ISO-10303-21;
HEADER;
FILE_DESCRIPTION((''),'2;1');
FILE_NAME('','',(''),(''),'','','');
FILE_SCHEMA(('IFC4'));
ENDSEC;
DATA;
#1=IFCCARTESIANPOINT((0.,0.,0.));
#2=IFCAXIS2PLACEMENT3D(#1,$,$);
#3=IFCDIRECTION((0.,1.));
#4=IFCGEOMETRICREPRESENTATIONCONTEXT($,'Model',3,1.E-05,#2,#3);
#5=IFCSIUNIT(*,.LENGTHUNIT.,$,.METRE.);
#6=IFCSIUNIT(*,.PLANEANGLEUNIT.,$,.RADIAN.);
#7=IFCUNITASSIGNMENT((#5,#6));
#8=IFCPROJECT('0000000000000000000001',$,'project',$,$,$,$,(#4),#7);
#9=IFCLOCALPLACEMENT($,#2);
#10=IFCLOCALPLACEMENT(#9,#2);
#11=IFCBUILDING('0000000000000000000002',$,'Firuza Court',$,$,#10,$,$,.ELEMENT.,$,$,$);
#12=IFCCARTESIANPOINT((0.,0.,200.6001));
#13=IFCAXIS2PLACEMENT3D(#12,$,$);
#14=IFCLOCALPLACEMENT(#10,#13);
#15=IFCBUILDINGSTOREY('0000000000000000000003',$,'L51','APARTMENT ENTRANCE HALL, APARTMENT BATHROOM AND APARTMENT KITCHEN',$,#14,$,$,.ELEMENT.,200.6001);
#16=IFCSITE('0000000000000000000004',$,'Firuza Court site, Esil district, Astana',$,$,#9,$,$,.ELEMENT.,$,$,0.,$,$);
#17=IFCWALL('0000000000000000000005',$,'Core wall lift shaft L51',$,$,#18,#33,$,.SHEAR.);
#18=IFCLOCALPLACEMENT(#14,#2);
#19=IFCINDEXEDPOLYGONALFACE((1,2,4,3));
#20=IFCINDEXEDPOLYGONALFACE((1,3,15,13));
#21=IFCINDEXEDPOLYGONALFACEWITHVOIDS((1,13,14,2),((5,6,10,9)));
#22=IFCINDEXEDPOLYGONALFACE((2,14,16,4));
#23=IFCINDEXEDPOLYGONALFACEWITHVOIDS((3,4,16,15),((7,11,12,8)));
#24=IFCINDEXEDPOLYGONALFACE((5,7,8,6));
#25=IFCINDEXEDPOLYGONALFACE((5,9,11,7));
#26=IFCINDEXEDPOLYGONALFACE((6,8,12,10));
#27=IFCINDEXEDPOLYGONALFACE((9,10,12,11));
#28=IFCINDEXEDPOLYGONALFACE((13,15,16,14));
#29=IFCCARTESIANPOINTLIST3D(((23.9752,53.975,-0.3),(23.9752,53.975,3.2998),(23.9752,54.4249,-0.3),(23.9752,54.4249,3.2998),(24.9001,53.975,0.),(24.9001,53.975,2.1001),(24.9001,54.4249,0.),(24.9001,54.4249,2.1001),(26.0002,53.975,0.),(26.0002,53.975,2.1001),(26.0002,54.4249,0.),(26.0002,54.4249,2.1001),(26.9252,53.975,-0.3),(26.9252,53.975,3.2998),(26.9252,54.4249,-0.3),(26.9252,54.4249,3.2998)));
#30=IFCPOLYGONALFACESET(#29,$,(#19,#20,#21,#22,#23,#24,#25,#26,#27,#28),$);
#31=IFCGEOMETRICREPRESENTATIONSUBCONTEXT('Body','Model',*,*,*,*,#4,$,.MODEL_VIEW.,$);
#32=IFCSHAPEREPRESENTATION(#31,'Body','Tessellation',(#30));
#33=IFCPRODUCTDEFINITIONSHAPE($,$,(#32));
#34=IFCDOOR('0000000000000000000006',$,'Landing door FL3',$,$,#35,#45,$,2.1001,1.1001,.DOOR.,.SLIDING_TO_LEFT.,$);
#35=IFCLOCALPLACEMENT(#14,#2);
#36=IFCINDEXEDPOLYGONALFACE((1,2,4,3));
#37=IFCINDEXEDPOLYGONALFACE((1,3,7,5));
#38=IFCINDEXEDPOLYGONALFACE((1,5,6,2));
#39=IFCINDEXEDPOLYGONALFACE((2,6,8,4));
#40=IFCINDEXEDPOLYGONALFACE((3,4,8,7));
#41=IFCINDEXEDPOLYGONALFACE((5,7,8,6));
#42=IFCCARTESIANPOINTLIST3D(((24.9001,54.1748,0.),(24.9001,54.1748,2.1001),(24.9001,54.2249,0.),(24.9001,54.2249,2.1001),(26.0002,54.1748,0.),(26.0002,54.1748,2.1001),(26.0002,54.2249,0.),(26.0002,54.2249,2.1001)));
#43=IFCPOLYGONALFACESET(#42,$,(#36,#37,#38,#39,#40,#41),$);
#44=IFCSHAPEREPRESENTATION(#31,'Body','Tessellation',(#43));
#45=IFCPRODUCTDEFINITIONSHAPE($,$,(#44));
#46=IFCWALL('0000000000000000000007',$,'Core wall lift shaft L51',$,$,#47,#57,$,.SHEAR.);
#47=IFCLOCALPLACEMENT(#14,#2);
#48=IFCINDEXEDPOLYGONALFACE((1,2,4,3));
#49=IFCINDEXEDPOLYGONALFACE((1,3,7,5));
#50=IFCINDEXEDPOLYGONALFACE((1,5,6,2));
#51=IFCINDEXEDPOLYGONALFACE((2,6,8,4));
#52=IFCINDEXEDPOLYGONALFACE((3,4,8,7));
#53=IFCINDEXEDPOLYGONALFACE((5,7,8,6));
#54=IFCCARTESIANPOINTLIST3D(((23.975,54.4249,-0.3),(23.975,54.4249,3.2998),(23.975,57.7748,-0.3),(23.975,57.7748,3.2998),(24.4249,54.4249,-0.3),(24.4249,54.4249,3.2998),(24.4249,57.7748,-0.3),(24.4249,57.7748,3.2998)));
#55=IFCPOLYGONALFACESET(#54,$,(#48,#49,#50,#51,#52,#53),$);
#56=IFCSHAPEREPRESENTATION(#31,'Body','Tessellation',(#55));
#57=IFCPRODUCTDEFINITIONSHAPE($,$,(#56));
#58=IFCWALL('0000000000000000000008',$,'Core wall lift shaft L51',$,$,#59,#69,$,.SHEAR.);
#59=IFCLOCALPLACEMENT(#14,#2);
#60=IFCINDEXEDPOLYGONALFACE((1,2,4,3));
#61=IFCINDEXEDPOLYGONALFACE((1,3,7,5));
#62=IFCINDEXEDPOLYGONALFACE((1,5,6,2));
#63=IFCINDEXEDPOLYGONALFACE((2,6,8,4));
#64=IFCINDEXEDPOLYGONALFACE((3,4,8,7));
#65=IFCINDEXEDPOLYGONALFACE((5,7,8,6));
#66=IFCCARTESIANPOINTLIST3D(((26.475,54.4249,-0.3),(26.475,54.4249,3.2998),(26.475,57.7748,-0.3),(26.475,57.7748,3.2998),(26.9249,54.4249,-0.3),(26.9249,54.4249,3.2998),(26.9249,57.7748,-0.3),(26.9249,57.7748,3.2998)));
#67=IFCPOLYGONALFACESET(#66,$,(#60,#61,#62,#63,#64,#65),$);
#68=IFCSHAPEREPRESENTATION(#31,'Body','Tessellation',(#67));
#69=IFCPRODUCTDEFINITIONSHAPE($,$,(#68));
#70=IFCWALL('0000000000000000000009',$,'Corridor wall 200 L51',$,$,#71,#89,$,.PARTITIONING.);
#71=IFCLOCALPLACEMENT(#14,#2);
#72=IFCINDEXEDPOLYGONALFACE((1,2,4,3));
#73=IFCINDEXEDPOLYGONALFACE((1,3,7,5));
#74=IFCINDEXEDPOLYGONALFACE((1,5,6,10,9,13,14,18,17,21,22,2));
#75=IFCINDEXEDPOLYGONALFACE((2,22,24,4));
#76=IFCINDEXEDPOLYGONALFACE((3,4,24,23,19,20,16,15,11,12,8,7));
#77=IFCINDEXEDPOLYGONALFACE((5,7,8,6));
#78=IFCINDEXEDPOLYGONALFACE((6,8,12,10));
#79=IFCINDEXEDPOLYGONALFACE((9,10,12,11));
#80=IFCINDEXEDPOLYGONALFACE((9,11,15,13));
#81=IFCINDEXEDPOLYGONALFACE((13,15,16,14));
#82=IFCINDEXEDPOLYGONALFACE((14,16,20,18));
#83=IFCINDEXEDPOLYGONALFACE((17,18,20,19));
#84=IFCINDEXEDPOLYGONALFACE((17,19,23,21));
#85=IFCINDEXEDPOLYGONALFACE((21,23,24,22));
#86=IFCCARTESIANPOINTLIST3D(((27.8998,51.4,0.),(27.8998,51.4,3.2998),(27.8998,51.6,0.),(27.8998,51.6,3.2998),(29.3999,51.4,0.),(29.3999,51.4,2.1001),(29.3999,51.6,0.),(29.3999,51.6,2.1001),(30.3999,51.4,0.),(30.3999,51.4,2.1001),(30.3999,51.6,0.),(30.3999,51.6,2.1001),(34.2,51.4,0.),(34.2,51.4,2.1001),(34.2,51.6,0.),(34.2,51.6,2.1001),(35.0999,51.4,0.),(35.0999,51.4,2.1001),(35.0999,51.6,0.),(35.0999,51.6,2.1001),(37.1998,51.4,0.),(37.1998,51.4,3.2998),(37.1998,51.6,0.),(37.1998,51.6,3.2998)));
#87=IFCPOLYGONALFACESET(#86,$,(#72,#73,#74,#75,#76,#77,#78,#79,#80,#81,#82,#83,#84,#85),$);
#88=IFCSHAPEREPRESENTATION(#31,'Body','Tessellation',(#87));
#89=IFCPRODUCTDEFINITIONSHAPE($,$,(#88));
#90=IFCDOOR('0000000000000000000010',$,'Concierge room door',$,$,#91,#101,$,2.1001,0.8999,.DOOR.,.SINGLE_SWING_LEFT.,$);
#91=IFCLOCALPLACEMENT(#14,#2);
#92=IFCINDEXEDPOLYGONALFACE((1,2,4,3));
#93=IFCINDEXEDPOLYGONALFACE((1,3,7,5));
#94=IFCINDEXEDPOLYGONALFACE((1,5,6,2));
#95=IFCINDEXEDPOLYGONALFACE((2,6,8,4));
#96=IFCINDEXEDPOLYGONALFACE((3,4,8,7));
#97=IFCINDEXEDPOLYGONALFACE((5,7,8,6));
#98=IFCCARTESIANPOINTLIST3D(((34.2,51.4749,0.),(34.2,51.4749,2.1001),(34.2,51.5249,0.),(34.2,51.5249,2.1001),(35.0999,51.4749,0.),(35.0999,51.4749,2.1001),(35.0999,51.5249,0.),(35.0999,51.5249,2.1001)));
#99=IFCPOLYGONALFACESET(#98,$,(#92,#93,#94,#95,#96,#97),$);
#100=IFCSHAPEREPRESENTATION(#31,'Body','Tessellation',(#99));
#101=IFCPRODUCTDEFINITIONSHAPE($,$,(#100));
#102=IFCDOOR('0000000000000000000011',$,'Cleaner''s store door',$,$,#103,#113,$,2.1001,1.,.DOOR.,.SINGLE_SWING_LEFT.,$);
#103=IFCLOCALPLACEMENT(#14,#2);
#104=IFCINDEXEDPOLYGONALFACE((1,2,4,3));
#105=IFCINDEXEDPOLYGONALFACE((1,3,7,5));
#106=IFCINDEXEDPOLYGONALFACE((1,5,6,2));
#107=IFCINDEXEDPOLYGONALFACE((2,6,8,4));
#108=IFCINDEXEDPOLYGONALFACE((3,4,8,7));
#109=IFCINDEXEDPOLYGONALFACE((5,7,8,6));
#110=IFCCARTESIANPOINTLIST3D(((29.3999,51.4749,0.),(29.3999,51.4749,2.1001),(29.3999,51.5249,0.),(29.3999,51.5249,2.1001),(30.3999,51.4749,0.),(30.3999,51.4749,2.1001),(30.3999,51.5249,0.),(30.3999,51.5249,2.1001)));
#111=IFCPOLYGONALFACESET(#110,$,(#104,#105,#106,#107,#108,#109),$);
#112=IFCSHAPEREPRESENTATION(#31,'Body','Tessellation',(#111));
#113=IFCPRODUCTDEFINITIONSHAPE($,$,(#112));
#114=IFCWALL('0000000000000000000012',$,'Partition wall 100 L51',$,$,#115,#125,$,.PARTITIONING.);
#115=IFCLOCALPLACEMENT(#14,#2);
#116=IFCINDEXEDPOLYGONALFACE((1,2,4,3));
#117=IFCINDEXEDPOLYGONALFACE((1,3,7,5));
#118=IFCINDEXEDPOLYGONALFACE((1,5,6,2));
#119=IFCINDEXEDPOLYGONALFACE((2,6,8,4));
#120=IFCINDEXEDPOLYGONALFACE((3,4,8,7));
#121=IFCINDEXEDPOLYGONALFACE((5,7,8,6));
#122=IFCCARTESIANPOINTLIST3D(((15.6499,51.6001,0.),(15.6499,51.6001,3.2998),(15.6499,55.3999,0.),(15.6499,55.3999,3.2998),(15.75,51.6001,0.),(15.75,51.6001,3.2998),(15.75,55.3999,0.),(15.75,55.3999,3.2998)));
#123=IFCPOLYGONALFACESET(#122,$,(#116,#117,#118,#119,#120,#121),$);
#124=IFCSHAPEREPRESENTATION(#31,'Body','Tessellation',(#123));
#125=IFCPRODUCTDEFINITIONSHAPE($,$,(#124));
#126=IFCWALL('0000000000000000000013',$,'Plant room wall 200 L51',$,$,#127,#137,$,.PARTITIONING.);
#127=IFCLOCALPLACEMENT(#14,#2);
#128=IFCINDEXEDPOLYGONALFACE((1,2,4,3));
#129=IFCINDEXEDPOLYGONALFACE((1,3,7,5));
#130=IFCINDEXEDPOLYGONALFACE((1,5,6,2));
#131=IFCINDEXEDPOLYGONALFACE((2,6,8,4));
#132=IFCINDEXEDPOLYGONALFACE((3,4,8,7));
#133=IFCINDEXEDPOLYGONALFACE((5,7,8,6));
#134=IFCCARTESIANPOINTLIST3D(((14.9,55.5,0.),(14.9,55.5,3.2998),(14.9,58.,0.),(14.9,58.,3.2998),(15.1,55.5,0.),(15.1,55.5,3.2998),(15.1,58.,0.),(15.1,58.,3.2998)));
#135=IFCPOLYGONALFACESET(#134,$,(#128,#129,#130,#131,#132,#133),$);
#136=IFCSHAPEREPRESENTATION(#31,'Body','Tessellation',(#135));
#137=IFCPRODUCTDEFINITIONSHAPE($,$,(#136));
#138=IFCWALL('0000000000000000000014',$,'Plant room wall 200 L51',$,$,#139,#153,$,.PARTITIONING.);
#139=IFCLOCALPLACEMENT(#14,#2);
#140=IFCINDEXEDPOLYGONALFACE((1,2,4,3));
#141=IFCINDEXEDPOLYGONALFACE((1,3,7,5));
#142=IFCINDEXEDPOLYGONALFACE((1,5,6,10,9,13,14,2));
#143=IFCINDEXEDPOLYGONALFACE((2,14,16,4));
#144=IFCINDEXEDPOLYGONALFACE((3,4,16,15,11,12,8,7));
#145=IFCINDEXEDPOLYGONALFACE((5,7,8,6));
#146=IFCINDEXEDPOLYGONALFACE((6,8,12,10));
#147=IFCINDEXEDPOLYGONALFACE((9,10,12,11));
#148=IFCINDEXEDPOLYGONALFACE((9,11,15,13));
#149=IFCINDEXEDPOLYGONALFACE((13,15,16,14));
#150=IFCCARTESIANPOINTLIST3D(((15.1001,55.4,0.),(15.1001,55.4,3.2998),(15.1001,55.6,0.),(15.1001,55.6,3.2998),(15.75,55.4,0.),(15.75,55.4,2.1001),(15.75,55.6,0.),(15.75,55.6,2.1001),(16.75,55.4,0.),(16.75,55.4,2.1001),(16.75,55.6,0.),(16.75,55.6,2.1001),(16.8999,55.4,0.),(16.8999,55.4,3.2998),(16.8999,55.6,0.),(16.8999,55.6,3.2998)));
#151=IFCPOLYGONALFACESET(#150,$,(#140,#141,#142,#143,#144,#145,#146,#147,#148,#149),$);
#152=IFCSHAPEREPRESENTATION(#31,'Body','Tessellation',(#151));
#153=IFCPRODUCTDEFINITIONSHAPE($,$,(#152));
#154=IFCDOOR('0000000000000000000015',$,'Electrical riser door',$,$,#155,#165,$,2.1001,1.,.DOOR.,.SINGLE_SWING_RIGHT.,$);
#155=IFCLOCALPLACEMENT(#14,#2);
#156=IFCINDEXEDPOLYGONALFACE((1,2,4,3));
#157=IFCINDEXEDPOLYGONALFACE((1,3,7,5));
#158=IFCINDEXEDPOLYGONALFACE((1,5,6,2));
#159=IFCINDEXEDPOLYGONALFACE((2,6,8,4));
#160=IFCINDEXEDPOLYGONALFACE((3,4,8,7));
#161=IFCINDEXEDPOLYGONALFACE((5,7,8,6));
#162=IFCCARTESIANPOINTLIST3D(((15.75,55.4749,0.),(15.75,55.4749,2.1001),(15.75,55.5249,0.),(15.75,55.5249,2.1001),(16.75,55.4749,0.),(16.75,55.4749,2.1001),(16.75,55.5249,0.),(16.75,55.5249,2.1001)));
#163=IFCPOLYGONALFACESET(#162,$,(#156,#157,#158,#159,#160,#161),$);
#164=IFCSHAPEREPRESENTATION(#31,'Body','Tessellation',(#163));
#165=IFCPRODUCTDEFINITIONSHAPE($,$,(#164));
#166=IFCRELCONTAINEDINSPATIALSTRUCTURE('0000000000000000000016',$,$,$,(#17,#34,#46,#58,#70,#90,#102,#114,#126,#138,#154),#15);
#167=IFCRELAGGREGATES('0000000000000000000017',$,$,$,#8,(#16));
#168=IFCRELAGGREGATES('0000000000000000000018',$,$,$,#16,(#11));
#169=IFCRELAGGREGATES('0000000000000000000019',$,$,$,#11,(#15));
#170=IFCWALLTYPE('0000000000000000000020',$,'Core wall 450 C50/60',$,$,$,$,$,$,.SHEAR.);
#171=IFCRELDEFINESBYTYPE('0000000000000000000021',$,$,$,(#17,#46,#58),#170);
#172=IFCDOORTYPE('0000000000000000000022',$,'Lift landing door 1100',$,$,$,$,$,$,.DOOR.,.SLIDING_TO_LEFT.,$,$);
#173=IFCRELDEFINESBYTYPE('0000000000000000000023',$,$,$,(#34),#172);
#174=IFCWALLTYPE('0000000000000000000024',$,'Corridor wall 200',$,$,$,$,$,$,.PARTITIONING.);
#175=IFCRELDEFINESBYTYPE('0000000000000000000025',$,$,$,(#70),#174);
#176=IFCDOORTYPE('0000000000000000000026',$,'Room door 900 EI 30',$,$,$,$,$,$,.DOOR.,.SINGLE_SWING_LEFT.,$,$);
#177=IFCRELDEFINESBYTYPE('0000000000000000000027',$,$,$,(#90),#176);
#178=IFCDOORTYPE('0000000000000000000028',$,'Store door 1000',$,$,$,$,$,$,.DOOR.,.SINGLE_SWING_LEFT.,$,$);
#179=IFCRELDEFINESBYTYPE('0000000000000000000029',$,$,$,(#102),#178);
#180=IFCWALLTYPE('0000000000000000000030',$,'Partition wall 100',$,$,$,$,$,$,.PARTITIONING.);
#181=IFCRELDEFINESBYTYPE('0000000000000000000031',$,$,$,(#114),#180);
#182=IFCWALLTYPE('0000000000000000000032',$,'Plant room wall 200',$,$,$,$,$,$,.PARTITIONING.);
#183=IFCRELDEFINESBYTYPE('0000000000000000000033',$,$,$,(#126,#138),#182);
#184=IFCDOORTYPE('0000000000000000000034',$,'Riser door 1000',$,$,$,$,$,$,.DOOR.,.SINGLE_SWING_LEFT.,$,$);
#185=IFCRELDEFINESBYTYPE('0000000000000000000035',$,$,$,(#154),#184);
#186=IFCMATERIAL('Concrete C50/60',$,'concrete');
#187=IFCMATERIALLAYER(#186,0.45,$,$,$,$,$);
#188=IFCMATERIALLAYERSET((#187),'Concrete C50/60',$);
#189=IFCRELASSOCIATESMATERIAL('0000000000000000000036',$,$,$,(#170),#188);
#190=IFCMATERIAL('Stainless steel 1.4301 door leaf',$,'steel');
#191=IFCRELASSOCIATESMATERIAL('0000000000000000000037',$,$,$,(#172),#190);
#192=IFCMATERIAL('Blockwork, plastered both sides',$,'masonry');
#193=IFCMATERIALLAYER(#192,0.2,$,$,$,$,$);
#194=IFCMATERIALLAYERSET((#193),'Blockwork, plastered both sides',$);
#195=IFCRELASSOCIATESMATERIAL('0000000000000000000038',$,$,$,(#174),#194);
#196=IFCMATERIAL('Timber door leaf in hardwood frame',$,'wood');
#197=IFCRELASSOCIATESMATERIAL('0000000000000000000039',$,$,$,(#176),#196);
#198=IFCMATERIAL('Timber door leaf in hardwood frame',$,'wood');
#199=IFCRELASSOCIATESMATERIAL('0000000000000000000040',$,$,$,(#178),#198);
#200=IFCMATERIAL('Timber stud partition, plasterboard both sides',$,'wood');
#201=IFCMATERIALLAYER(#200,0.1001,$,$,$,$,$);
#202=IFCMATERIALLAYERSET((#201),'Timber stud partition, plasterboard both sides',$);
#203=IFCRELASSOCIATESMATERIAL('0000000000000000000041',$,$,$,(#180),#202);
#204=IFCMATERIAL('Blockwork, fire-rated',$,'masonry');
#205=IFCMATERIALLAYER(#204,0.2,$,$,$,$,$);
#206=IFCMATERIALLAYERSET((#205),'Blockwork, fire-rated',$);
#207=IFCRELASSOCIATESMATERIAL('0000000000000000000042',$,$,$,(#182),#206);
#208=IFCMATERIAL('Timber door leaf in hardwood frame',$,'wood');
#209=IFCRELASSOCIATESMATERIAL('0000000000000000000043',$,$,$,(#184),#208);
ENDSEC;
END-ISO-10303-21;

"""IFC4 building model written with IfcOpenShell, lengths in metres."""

from ifc_helpers import new_model, si_unit, direction, frame, frame_2d, origin, place, context, subcontext, project, spatial, rectangle, extrude, material, layer, layer_set, type_object, element, fill, save


model = new_model("IFC4")

# Units and contexts
model_context = context("Model", 3, precision=1e-05, world=origin(), true_north=direction((0.0, 1.0)))
body_context = subcontext(model_context, "Body", "Model", "MODEL_VIEW")
ifc_project = project(units=[si_unit("LENGTHUNIT", "METRE"), si_unit("PLANEANGLEUNIT", "RADIAN")], contexts=[model_context])

# Site, building, storey
site_placement = place(None, origin())
site = spatial("IfcSite", under=ifc_project, at=site_placement, Name="Firuza Court site, Esil district, Astana", CompositionType="ELEMENT", RefElevation=0.0)
building_placement = place(site_placement, origin())
building = spatial("IfcBuilding", under=site, at=building_placement, Name="Firuza Court", CompositionType="ELEMENT")
storey_placement = place(building_placement, frame((0.0, 0.0, 200.6001)))
storey = spatial("IfcBuildingStorey", under=building, at=storey_placement, Name="L51", Description="APARTMENT ENTRANCE HALL, APARTMENT BATHROOM AND APARTMENT KITCHEN", CompositionType="ELEMENT", Elevation=200.6001)

# Wall, opening, door
ifc_material_1 = material(Name="Concrete C50/60", Category="concrete")
ifc_layer_1 = layer(ifc_material_1, 0.45)
ifc_layer_set_1 = layer_set([ifc_layer_1], Name="Concrete C50/60")
wall_type_1 = type_object("IfcWallType", Name="Core wall 450 C50/60", PredefinedType="SHEAR", material=ifc_layer_set_1)
wall_1_placement = place(storey_placement, frame((23.9751, 54.2, -0.3), z_axis=(0.0, 0.0, 1.0), x_axis=(1.0, 0.0, 0.0)))
wall_1 = element("IfcWall", 1, at=wall_1_placement, inside=storey, type_object=wall_type_1, Name="Core wall lift shaft L51", PredefinedType="SHEAR", context=body_context, shape_type="SweptSolid", body=[
    extrude(rectangle(XDim=2.95, YDim=0.45, at=frame_2d((1.4751, 0.0))), origin(), (0.0, 0.0, 1.0), 3.5999),
])
opening_1_placement = place(wall_1_placement, frame((0.925, 0.0, 0.3)))
opening_1 = element("IfcOpeningElement", 2, at=opening_1_placement, cuts=wall_1, PredefinedType="OPENING", context=body_context, shape_type="SweptSolid", body=[
    extrude(rectangle(XDim=1.1001, YDim=2.1001, at=frame_2d((0.55, 1.05))), frame((0.0, 0.2368, 0.0), z_axis=(0.0, -1.0, 0.0), x_axis=(1.0, 0.0, 0.0)), (0.0, 0.0, 1.0), 0.4739),
])
ifc_material_2 = material(Name="Stainless steel 1.4301 door leaf", Category="steel")
door_type_1 = type_object("IfcDoorType", Name="Lift landing door 1100", OperationType="SLIDING_TO_LEFT", PredefinedType="DOOR", material=ifc_material_2)
door_1_placement = place(opening_1_placement, origin())
door_1 = element("IfcDoor", 3, at=door_1_placement, inside=storey, type_object=door_type_1, Name="Landing door FL3", OperationType="SLIDING_TO_LEFT", OverallHeight=2.1001, OverallWidth=1.1001, PredefinedType="DOOR", context=body_context, shape_type="SweptSolid", body=[
    extrude(rectangle(XDim=1.1001, YDim=2.1001, at=frame_2d((0.55, 1.05))), frame((0.0, 0.0249, 0.0), z_axis=(0.0, -1.0, 0.0), x_axis=(1.0, 0.0, 0.0)), (0.0, 0.0, 1.0), 0.05),
])
fill(opening_1, door_1)

# Walls
for number, where, z_axis, x_axis, name in (
    (4, (24.2, 54.425, -0.3), (0.0, 0.0, 1.0), (0.0, 1.0, 0.0), "Core wall lift shaft L51"),
    (5, (26.7, 54.425, -0.3), (0.0, 0.0, 1.0), (0.0, 1.0, 0.0), "Core wall lift shaft L51"),
):
    element("IfcWall", number, at=place(storey_placement, frame(where, z_axis=z_axis, x_axis=x_axis)), inside=storey, type_object=wall_type_1, Name=name, PredefinedType="SHEAR", context=body_context, shape_type="SweptSolid", body=[
        extrude(rectangle(XDim=3.3499, YDim=0.45, at=frame_2d((1.6748, 0.0))), origin(), (0.0, 0.0, 1.0), 3.5999),
    ])

# Wall, openings, doors
ifc_material_3 = material(Name="Blockwork, plastered both sides", Category="masonry")
ifc_layer_2 = layer(ifc_material_3, 0.2)
ifc_layer_set_2 = layer_set([ifc_layer_2], Name="Blockwork, plastered both sides")
wall_type_2 = type_object("IfcWallType", Name="Corridor wall 200", PredefinedType="PARTITIONING", material=ifc_layer_set_2)
wall_2_placement = place(storey_placement, frame((27.8999, 51.5, 0.0), z_axis=(0.0, 0.0, 1.0), x_axis=(1.0, 0.0, 0.0)))
wall_2 = element("IfcWall", 6, at=wall_2_placement, inside=storey, type_object=wall_type_2, Name="Corridor wall 200 L51", PredefinedType="PARTITIONING", context=body_context, shape_type="SweptSolid", body=[
    extrude(rectangle(XDim=9.3, YDim=0.2, at=frame_2d((4.6499, 0.0))), origin(), (0.0, 0.0, 1.0), 3.2998),
])
opening_2_placement = place(wall_2_placement, frame((1.5, 0.0, 0.0)))
opening_2 = element("IfcOpeningElement", 7, at=opening_2_placement, cuts=wall_2, PredefinedType="OPENING", context=body_context, shape_type="SweptSolid", body=[
    extrude(rectangle(XDim=1.0, YDim=2.1001, at=frame_2d((0.5, 1.05))), frame((0.0, 0.1118, 0.0), z_axis=(0.0, -1.0, 0.0), x_axis=(1.0, 0.0, 0.0)), (0.0, 0.0, 1.0), 0.2239),
])
opening_3_placement = place(wall_2_placement, frame((6.3, 0.0, 0.0)))
opening_3 = element("IfcOpeningElement", 8, at=opening_3_placement, cuts=wall_2, PredefinedType="OPENING", context=body_context, shape_type="SweptSolid", body=[
    extrude(rectangle(XDim=0.8999, YDim=2.1001, at=frame_2d((0.45, 1.05))), frame((0.0, 0.1118, 0.0), z_axis=(0.0, -1.0, 0.0), x_axis=(1.0, 0.0, 0.0)), (0.0, 0.0, 1.0), 0.2239),
])
ifc_material_4 = material(Name="Timber door leaf in hardwood frame", Category="wood")
door_type_2 = type_object("IfcDoorType", Name="Room door 900 EI 30", OperationType="SINGLE_SWING_LEFT", PredefinedType="DOOR", material=ifc_material_4)
door_2_placement = place(opening_3_placement, origin())
door_2 = element("IfcDoor", 9, at=door_2_placement, inside=storey, type_object=door_type_2, Name="Concierge room door", OperationType="SINGLE_SWING_LEFT", OverallHeight=2.1001, OverallWidth=0.8999, PredefinedType="DOOR", context=body_context, shape_type="SweptSolid", body=[
    extrude(rectangle(XDim=0.8999, YDim=2.1001, at=frame_2d((0.45, 1.05))), frame((0.0, 0.0249, 0.0), z_axis=(0.0, -1.0, 0.0), x_axis=(1.0, 0.0, 0.0)), (0.0, 0.0, 1.0), 0.05),
])
fill(opening_3, door_2)
ifc_material_5 = material(Name="Timber door leaf in hardwood frame", Category="wood")
door_type_3 = type_object("IfcDoorType", Name="Store door 1000", OperationType="SINGLE_SWING_LEFT", PredefinedType="DOOR", material=ifc_material_5)
door_3_placement = place(opening_2_placement, origin())
door_3 = element("IfcDoor", 10, at=door_3_placement, inside=storey, type_object=door_type_3, Name="Cleaner's store door", OperationType="SINGLE_SWING_LEFT", OverallHeight=2.1001, OverallWidth=1.0, PredefinedType="DOOR", context=body_context, shape_type="SweptSolid", body=[
    extrude(rectangle(XDim=1.0, YDim=2.1001, at=frame_2d((0.5, 1.05))), frame((0.0, 0.0249, 0.0), z_axis=(0.0, -1.0, 0.0), x_axis=(1.0, 0.0, 0.0)), (0.0, 0.0, 1.0), 0.05),
])
fill(opening_2, door_3)

# Walls
ifc_material_6 = material(Name="Timber stud partition, plasterboard both sides", Category="wood")
ifc_layer_3 = layer(ifc_material_6, 0.1001)
ifc_layer_set_3 = layer_set([ifc_layer_3], Name="Timber stud partition, plasterboard both sides")
wall_type_3 = type_object("IfcWallType", Name="Partition wall 100", PredefinedType="PARTITIONING", material=ifc_layer_set_3)
wall_3_placement = place(storey_placement, frame((15.7, 51.6001, 0.0), z_axis=(0.0, 0.0, 1.0), x_axis=(0.0, 1.0, 0.0)))
element("IfcWall", 11, at=wall_3_placement, inside=storey, type_object=wall_type_3, Name="Partition wall 100 L51", PredefinedType="PARTITIONING", context=body_context, shape_type="SweptSolid", body=[
    extrude(rectangle(XDim=3.7998, YDim=0.1001, at=frame_2d((1.8999, 0.0))), origin(), (0.0, 0.0, 1.0), 3.2998),
])
ifc_material_7 = material(Name="Blockwork, fire-rated", Category="masonry")
ifc_layer_4 = layer(ifc_material_7, 0.2)
ifc_layer_set_4 = layer_set([ifc_layer_4], Name="Blockwork, fire-rated")
wall_type_4 = type_object("IfcWallType", Name="Plant room wall 200", PredefinedType="PARTITIONING", material=ifc_layer_set_4)
wall_4_placement = place(storey_placement, frame((15.0, 55.5, 0.0), z_axis=(0.0, 0.0, 1.0), x_axis=(0.0, 1.0, 0.0)))
element("IfcWall", 12, at=wall_4_placement, inside=storey, type_object=wall_type_4, Name="Plant room wall 200 L51", PredefinedType="PARTITIONING", context=body_context, shape_type="SweptSolid", body=[
    extrude(rectangle(XDim=2.5, YDim=0.2, at=frame_2d((1.25, 0.0))), origin(), (0.0, 0.0, 1.0), 3.2998),
])

# Wall, opening, door
wall_5_placement = place(storey_placement, frame((15.1001, 55.5, 0.0), z_axis=(0.0, 0.0, 1.0), x_axis=(1.0, 0.0, 0.0)))
wall_5 = element("IfcWall", 13, at=wall_5_placement, inside=storey, type_object=wall_type_4, Name="Plant room wall 200 L51", PredefinedType="PARTITIONING", context=body_context, shape_type="SweptSolid", body=[
    extrude(rectangle(XDim=1.7998, YDim=0.2, at=frame_2d((0.8999, 0.0))), origin(), (0.0, 0.0, 1.0), 3.2998),
])
opening_4_placement = place(wall_5_placement, frame((0.6499, 0.0, 0.0)))
opening_4 = element("IfcOpeningElement", 14, at=opening_4_placement, cuts=wall_5, PredefinedType="OPENING", context=body_context, shape_type="SweptSolid", body=[
    extrude(rectangle(XDim=1.0, YDim=2.1001, at=frame_2d((0.5, 1.05))), frame((0.0, 0.1118, 0.0), z_axis=(0.0, -1.0, 0.0), x_axis=(1.0, 0.0, 0.0)), (0.0, 0.0, 1.0), 0.2239),
])
ifc_material_8 = material(Name="Timber door leaf in hardwood frame", Category="wood")
door_type_4 = type_object("IfcDoorType", Name="Riser door 1000", OperationType="SINGLE_SWING_LEFT", PredefinedType="DOOR", material=ifc_material_8)
door_4_placement = place(opening_4_placement, origin())
door_4 = element("IfcDoor", 15, at=door_4_placement, inside=storey, type_object=door_type_4, Name="Electrical riser door", OperationType="SINGLE_SWING_RIGHT", OverallHeight=2.1001, OverallWidth=1.0, PredefinedType="DOOR", context=body_context, shape_type="SweptSolid", body=[
    extrude(rectangle(XDim=1.0, YDim=2.1001, at=frame_2d((0.5, 1.05))), frame((0.0, 0.0249, 0.0), z_axis=(0.0, -1.0, 0.0), x_axis=(1.0, 0.0, 0.0)), (0.0, 0.0, 1.0), 0.05),
])
fill(opening_4, door_4)

save(model, "model.ifc")
